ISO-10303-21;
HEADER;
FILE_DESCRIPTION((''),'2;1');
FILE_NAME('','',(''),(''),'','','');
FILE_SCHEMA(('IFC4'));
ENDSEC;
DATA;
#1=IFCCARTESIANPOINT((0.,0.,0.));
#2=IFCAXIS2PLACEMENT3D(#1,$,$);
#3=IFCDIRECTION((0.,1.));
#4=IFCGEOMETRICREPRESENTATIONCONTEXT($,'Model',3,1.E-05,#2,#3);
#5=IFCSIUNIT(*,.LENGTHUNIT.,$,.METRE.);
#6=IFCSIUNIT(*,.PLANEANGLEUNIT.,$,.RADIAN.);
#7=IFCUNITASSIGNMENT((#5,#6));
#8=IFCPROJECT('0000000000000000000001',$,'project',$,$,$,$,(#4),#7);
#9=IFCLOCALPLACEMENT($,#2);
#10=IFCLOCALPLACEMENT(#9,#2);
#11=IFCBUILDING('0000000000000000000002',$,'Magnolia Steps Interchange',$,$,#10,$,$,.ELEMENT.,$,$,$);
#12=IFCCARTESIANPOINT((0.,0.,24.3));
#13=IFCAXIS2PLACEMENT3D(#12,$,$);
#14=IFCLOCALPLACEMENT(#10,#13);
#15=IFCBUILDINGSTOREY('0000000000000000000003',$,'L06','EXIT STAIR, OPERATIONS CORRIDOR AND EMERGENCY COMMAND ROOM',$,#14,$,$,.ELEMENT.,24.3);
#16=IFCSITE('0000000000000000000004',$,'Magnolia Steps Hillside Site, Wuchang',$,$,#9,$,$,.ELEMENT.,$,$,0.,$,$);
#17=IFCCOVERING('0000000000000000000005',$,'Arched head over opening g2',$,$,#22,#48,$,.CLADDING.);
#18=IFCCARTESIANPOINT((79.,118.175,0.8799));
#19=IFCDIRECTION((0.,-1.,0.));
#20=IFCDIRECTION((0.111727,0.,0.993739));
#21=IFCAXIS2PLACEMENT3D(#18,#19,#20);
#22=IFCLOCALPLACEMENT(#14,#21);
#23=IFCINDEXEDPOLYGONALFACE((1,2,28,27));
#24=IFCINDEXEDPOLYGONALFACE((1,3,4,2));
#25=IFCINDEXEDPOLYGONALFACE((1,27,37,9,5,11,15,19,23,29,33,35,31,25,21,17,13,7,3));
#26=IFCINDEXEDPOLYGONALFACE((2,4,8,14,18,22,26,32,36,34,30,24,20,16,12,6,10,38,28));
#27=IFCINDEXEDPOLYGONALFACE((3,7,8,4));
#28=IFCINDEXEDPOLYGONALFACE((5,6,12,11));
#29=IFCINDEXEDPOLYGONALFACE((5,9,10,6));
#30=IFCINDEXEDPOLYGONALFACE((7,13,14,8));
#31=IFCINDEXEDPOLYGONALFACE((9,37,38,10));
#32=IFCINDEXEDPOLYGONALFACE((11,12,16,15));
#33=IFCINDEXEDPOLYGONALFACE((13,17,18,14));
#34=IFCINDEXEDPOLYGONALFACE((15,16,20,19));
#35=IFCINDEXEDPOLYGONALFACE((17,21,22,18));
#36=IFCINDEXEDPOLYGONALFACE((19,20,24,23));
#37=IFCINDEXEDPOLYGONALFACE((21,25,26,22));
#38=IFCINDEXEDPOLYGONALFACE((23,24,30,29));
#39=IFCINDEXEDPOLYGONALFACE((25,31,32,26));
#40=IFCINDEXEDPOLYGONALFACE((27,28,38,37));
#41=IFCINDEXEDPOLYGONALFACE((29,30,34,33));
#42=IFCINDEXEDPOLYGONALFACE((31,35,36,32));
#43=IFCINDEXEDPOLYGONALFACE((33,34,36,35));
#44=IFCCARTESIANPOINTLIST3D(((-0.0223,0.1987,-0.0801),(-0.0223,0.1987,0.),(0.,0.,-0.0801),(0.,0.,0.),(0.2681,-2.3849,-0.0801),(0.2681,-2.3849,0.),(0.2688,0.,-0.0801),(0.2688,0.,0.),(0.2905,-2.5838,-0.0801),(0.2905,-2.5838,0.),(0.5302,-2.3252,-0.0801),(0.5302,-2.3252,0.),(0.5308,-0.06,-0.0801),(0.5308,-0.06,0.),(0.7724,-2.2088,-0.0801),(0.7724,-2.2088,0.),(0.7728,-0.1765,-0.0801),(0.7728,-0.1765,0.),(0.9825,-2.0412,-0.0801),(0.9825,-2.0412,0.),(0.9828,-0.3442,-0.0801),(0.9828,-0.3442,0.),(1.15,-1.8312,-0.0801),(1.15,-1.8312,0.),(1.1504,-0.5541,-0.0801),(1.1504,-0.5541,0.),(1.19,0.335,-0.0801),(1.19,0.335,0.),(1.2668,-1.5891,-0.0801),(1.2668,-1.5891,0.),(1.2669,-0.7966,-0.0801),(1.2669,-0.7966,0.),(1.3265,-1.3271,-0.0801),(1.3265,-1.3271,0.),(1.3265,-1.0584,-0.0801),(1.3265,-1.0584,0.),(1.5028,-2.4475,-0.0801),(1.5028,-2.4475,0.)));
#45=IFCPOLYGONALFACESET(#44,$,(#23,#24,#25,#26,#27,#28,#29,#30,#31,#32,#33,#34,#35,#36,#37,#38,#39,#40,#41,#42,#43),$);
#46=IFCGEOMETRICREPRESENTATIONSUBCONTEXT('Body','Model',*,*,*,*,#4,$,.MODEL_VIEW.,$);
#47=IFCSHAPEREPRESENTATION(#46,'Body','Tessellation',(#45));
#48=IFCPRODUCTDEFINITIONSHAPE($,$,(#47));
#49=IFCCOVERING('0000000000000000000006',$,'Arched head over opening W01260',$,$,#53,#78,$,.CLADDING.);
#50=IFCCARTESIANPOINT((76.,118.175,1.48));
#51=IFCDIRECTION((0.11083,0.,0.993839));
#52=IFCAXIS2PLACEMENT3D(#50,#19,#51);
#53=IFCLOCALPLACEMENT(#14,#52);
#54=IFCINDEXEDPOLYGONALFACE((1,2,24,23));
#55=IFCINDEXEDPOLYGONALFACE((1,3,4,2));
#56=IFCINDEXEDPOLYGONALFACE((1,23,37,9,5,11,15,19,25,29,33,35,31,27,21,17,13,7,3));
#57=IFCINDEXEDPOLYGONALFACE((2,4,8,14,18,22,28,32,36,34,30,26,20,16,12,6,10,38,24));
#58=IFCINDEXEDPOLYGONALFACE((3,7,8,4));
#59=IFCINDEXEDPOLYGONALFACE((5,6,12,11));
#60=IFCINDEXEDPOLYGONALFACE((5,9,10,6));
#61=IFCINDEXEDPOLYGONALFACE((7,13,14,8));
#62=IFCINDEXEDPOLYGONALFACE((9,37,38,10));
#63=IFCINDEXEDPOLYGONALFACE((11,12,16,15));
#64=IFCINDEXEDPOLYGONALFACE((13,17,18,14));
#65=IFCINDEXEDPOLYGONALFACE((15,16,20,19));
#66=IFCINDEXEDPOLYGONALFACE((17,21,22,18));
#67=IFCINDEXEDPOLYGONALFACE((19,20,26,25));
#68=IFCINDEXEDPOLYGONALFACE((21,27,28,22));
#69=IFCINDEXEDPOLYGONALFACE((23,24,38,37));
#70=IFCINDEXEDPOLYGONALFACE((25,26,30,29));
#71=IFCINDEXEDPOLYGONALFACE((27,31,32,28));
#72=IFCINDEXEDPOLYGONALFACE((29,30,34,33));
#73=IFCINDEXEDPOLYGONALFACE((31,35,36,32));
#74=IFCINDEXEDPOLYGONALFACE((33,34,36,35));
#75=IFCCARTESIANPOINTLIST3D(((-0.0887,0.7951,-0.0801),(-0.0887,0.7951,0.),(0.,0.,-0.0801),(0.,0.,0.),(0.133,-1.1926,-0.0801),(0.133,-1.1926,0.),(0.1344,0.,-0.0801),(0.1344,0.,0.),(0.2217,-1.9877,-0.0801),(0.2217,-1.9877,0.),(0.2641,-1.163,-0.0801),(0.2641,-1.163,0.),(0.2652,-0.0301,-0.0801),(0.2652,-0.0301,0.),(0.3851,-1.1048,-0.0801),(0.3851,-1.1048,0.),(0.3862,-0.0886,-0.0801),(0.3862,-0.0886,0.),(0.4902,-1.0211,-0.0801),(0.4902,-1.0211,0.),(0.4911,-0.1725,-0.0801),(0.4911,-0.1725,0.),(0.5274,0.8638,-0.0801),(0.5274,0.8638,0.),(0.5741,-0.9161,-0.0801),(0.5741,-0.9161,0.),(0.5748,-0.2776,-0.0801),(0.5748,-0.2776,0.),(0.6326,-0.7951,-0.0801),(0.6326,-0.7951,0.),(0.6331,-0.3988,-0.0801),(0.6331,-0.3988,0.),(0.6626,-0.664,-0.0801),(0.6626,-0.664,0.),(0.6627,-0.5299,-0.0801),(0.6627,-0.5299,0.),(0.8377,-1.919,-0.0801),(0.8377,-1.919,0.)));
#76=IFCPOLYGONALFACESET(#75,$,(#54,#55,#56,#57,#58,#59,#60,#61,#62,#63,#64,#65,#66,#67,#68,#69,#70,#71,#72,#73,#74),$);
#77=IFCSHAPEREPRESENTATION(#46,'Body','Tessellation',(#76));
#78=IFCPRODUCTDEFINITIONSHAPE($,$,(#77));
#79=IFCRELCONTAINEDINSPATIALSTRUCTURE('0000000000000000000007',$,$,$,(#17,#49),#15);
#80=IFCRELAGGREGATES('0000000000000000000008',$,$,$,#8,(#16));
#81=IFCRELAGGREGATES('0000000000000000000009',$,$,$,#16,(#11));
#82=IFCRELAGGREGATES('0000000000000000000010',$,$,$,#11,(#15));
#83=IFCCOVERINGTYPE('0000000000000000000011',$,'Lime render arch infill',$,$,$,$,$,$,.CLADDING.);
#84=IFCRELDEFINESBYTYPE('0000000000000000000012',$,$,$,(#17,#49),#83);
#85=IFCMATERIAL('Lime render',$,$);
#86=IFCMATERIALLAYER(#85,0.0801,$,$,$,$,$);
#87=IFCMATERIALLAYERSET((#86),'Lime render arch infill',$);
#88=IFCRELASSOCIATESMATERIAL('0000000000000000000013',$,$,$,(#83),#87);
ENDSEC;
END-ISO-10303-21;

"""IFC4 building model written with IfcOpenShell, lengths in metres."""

from ifc_helpers import new_model, si_unit, direction, frame, origin, place, context, subcontext, project, spatial, polyline, outline, extrude, material, layer, layer_set, type_object, element, save


model = new_model("IFC4")

# Units and contexts
model_context = context("Model", 3, precision=1e-05, world=origin(), true_north=direction((0.0, 1.0)))
body_context = subcontext(model_context, "Body", "Model", "MODEL_VIEW")
ifc_project = project(units=[si_unit("LENGTHUNIT", "METRE"), si_unit("PLANEANGLEUNIT", "RADIAN")], contexts=[model_context])

# Site, building, storey
site_placement = place(None, origin())
site = spatial("IfcSite", under=ifc_project, at=site_placement, Name="Magnolia Steps Hillside Site, Wuchang", CompositionType="ELEMENT", RefElevation=0.0)
building_placement = place(site_placement, origin())
building = spatial("IfcBuilding", under=site, at=building_placement, Name="Magnolia Steps Interchange", CompositionType="ELEMENT")
storey_placement = place(building_placement, frame((0.0, 0.0, 24.3)))
storey = spatial("IfcBuildingStorey", under=building, at=storey_placement, Name="L06", Description="EXIT STAIR, OPERATIONS CORRIDOR AND EMERGENCY COMMAND ROOM", CompositionType="ELEMENT", Elevation=24.3)

# Coverings
ifc_material_1 = material(Name="Lime render")
ifc_layer_1 = layer(ifc_material_1, 0.0801)
ifc_layer_set_1 = layer_set([ifc_layer_1], Name="Lime render arch infill")
covering_type_1 = type_object("IfcCoveringType", Name="Lime render arch infill", PredefinedType="CLADDING", material=ifc_layer_set_1)
covering_1_placement = place(storey_placement, frame((79.0, 118.175, 0.8799), z_axis=(0.0, -1.0, 0.0), x_axis=(0.111727, 0.0, 0.993739)))
element("IfcCovering", 1, at=covering_1_placement, inside=storey, type_object=covering_type_1, Name="Arched head over opening g2", PredefinedType="CLADDING", context=body_context, shape_type="SweptSolid", body=[
    extrude(outline(polyline([(0.0, 0.0), (0.2688, 0.0), (0.5308, -0.06), (0.7728, -0.1765), (0.9828, -0.3442), (1.1504, -0.5541), (1.2669, -0.7966), (1.3265, -1.0584), (1.3265, -1.3271), (1.2668, -1.5891), (1.15, -1.8312), (0.9825, -2.0412), (0.7724, -2.2088), (0.5302, -2.3252), (0.2681, -2.3849), (0.2905, -2.5838), (1.5028, -2.4475), (1.19, 0.335), (-0.0223, 0.1987), (0.0, 0.0)])), origin(), (0.0, 0.0, -1.0), 0.0801),
])
covering_2_placement = place(storey_placement, frame((76.0, 118.175, 1.48), z_axis=(0.0, -1.0, 0.0), x_axis=(0.11083, 0.0, 0.993839)))
element("IfcCovering", 2, at=covering_2_placement, inside=storey, type_object=covering_type_1, Name="Arched head over opening W01260", PredefinedType="CLADDING", context=body_context, shape_type="SweptSolid", body=[
    extrude(outline(polyline([(0.0, 0.0), (0.1344, 0.0), (0.2652, -0.0301), (0.3862, -0.0886), (0.4911, -0.1725), (0.5748, -0.2776), (0.6331, -0.3988), (0.6627, -0.5299), (0.6626, -0.664), (0.6326, -0.7951), (0.5741, -0.9161), (0.4902, -1.0211), (0.3851, -1.1048), (0.2641, -1.163), (0.133, -1.1926), (0.2217, -1.9877), (0.8377, -1.919), (0.5274, 0.8638), (-0.0887, 0.7951), (0.0, 0.0)])), origin(), (0.0, 0.0, -1.0), 0.0801),
])

save(model, "model.ifc")
